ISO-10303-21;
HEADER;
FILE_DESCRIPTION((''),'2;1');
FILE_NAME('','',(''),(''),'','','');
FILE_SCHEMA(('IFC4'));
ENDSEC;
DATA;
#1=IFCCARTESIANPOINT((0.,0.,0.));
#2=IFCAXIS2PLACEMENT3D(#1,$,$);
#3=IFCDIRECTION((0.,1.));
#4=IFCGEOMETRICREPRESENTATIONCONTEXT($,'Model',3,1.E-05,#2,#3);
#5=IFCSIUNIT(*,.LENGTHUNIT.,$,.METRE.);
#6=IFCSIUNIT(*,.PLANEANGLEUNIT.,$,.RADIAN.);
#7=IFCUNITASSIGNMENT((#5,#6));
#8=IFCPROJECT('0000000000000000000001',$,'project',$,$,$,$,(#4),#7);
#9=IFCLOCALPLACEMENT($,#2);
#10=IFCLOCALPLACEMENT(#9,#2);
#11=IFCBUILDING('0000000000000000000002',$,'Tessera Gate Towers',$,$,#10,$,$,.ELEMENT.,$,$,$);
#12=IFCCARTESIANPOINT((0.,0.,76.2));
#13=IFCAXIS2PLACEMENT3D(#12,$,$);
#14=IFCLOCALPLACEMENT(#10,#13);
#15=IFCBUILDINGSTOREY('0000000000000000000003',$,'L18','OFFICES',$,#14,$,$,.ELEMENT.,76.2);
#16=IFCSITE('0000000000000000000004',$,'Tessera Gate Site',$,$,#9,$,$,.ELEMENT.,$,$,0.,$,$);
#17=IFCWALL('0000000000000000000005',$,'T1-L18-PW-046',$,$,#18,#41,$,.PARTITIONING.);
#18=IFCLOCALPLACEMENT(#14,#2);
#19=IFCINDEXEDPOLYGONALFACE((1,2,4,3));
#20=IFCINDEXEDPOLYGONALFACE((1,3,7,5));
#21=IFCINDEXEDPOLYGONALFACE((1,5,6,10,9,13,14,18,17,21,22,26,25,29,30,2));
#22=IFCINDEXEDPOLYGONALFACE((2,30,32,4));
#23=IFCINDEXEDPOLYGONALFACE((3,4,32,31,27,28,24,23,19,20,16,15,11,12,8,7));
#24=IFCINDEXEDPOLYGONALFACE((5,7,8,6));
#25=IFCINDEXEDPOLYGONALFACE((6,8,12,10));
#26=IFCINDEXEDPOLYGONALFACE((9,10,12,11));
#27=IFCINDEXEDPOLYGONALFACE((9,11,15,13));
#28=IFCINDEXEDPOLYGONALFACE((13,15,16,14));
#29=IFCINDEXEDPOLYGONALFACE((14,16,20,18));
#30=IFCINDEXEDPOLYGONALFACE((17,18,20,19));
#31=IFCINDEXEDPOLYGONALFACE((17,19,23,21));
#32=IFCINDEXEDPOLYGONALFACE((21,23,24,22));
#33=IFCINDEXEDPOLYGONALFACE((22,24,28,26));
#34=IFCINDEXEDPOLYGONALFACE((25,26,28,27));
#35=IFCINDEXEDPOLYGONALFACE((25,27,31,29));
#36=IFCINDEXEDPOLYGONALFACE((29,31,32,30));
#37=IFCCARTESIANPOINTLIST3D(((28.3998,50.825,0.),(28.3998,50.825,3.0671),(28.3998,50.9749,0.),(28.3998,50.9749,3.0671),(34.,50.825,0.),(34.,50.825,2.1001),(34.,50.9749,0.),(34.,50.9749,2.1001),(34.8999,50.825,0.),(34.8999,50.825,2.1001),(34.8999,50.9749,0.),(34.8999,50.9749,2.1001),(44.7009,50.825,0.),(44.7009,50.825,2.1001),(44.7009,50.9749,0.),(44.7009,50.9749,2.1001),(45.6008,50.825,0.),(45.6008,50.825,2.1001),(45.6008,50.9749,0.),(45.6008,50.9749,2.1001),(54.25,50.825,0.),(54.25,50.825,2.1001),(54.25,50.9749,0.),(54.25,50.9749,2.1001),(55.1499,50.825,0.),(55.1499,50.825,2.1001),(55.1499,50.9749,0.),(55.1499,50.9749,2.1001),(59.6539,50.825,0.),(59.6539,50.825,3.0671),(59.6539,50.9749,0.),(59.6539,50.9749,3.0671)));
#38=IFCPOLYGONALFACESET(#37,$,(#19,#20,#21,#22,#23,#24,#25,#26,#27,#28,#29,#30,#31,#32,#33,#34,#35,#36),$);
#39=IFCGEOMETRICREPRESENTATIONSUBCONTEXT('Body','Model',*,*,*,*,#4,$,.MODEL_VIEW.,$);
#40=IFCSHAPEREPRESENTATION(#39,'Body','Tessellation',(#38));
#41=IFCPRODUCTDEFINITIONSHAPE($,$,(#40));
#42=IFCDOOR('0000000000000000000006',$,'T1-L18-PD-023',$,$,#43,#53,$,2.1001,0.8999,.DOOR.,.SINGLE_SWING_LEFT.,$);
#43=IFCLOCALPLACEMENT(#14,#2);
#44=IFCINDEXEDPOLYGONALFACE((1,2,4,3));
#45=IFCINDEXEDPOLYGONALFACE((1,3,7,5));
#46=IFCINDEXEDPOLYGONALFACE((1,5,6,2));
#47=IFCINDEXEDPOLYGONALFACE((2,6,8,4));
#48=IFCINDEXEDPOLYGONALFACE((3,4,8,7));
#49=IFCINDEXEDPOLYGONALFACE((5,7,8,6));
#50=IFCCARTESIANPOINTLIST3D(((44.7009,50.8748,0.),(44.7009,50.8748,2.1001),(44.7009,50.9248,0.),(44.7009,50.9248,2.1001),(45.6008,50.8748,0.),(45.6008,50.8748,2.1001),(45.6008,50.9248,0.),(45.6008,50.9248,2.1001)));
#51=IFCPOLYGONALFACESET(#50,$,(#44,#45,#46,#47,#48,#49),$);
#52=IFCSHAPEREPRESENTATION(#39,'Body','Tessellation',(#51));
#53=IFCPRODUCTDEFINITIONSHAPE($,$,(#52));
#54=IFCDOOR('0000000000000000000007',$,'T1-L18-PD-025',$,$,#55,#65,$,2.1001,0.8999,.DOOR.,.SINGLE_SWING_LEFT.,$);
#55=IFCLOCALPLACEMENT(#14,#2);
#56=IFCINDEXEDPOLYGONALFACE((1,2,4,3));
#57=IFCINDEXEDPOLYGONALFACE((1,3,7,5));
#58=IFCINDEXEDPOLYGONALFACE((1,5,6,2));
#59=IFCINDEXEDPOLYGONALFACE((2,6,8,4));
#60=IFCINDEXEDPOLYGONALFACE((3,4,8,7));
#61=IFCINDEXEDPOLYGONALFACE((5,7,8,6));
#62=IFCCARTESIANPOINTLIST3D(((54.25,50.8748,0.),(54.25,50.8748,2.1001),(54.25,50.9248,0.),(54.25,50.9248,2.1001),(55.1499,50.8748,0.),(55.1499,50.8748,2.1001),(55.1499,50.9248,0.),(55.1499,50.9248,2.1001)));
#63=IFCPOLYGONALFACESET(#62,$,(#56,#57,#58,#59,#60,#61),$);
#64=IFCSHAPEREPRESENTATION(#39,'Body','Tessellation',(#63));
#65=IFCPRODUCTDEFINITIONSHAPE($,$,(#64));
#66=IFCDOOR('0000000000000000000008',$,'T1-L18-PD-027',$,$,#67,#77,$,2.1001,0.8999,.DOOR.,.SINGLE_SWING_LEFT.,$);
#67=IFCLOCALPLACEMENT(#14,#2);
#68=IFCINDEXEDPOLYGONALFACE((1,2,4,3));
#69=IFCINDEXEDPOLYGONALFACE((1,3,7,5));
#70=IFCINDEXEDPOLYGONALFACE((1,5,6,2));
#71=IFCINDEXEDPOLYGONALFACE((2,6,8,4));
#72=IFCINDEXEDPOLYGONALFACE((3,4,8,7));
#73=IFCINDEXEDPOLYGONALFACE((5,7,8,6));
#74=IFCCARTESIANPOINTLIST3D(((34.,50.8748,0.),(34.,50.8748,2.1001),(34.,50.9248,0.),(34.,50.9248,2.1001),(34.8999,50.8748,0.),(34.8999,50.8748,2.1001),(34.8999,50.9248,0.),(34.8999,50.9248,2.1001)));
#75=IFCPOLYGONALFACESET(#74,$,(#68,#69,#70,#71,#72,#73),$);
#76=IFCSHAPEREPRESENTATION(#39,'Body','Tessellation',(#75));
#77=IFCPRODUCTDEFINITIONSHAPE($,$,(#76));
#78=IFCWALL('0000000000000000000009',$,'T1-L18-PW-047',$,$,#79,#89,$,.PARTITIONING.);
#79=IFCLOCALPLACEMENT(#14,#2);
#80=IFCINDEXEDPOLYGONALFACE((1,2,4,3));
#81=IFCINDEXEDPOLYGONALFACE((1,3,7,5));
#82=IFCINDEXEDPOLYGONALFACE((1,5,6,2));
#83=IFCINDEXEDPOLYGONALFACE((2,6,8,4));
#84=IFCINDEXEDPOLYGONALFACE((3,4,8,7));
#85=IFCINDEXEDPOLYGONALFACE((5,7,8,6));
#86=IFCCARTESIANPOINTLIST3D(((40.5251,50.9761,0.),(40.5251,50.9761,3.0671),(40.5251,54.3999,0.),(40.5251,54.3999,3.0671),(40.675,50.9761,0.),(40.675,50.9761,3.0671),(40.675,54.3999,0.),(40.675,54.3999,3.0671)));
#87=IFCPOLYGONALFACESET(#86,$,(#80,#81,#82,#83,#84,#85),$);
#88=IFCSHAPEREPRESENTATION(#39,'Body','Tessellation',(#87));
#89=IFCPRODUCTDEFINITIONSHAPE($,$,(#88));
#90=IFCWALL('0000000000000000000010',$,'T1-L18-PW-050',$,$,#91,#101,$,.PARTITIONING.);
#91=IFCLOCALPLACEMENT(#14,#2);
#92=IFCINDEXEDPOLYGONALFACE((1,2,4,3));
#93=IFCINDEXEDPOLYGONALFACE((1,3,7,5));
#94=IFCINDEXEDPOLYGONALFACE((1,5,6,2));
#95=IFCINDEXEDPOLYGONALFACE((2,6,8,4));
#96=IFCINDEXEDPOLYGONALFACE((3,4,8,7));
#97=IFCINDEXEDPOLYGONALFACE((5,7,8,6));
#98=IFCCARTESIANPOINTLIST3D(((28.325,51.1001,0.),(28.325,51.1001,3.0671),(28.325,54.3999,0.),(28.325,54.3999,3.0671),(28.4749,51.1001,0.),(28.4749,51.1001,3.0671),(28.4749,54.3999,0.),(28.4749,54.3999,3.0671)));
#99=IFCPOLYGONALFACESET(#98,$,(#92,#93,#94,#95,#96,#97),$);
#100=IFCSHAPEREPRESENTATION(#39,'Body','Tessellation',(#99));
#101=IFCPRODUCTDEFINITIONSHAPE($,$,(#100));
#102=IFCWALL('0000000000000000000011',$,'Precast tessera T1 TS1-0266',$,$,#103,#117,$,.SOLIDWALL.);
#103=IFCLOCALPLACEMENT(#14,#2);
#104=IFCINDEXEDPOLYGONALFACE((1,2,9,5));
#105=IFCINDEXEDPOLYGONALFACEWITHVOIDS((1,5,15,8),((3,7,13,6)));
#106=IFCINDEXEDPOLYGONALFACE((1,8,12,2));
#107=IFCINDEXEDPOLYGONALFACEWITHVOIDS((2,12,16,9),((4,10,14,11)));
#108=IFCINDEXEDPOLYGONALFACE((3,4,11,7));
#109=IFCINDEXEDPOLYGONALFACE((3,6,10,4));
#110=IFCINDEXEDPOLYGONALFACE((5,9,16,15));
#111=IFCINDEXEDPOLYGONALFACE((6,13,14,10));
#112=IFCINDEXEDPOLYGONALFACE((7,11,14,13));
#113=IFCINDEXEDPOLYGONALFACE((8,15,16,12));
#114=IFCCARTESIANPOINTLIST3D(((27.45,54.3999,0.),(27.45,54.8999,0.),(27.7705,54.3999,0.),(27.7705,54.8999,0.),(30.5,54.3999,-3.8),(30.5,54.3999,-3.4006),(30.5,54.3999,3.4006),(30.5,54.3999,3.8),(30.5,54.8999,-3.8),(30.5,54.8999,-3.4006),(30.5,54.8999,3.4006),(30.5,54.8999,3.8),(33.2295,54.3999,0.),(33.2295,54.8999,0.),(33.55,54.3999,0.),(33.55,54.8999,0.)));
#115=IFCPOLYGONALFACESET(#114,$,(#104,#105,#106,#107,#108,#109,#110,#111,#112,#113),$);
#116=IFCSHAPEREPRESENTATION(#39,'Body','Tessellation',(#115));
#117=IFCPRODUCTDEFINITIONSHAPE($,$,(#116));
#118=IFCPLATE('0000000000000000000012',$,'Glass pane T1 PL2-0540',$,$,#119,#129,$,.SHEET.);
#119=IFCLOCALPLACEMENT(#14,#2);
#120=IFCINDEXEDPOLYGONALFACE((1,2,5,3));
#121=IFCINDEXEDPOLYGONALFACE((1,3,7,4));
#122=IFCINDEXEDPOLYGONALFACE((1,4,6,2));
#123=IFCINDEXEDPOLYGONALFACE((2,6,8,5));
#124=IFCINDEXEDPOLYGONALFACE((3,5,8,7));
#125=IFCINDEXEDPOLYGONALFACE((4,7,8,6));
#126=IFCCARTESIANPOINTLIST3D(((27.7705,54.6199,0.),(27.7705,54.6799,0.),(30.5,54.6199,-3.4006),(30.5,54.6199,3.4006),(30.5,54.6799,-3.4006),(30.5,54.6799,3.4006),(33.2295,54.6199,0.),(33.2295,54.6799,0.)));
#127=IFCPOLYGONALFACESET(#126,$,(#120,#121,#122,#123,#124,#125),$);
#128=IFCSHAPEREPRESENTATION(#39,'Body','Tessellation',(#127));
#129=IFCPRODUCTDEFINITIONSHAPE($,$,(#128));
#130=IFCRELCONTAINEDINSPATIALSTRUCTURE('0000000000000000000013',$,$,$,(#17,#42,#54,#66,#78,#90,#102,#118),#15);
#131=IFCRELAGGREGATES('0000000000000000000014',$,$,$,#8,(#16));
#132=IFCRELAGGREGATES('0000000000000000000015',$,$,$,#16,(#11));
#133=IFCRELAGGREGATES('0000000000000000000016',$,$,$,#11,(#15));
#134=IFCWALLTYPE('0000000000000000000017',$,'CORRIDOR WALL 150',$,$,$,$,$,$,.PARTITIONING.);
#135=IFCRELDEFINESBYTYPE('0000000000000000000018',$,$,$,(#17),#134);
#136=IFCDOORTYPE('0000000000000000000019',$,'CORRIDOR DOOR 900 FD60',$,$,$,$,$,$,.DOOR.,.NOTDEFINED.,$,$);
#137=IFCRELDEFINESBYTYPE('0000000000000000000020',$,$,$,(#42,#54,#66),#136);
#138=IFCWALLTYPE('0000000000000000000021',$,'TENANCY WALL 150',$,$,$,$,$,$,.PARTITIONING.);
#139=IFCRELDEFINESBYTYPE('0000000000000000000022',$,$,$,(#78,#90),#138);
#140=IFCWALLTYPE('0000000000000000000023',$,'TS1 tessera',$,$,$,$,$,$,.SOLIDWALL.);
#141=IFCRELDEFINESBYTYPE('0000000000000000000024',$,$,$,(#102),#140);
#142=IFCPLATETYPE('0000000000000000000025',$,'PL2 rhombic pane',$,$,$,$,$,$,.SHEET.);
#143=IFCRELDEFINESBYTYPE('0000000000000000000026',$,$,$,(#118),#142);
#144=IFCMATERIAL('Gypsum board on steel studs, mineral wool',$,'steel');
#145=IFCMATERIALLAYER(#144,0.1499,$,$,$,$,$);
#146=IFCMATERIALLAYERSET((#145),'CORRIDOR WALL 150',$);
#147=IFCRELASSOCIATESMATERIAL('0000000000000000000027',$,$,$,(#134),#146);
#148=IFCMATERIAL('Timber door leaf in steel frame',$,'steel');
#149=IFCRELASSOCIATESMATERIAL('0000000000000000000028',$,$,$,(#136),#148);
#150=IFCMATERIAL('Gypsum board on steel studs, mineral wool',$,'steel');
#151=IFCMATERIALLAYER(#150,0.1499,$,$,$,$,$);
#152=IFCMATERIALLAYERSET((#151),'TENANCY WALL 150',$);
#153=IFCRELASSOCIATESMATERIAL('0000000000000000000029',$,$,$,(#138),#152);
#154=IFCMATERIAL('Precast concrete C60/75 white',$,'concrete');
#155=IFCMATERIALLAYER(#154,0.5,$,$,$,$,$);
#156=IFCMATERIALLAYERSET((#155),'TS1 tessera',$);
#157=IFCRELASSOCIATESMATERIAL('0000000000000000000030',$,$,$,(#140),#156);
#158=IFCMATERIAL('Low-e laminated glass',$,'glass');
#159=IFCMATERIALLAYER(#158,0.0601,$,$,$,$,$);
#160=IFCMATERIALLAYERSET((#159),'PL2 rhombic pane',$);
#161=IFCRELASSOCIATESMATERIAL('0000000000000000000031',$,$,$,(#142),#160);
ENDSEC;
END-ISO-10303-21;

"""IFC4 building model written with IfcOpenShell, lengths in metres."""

from ifc_helpers import new_model, si_unit, direction, frame, frame_2d, origin, place, context, subcontext, project, spatial, polyline, rectangle, outline, extrude, source, transform, mapped, material, layer, layer_set, type_object, element, fill, save


model = new_model("IFC4")

# Units and contexts
model_context = context("Model", 3, precision=1e-05, world=origin(), true_north=direction((0.0, 1.0)))
body_context = subcontext(model_context, "Body", "Model", "MODEL_VIEW")
ifc_project = project(units=[si_unit("LENGTHUNIT", "METRE"), si_unit("PLANEANGLEUNIT", "RADIAN")], contexts=[model_context])

# Site, building, storey
site_placement = place(None, origin())
site = spatial("IfcSite", under=ifc_project, at=site_placement, Name="Tessera Gate Site", CompositionType="ELEMENT", RefElevation=0.0)
building_placement = place(site_placement, origin())
building = spatial("IfcBuilding", under=site, at=building_placement, Name="Tessera Gate Towers", CompositionType="ELEMENT")
storey_placement = place(building_placement, frame((0.0, 0.0, 76.2)))
storey = spatial("IfcBuildingStorey", under=building, at=storey_placement, Name="L18", Description="OFFICES", CompositionType="ELEMENT", Elevation=76.2)

# Shared definitions
ifc_material_1 = material(Name="Gypsum board on steel studs, mineral wool", Category="steel")
ifc_layer_1 = layer(ifc_material_1, 0.1499)
ifc_layer_set_1 = layer_set([ifc_layer_1], Name="CORRIDOR WALL 150")
wall_type_1 = type_object("IfcWallType", Name="CORRIDOR WALL 150", PredefinedType="PARTITIONING", material=ifc_layer_set_1)

# Wall, openings, doors
wall_1_placement = place(storey_placement, frame((28.3999, 50.8999, 0.0), z_axis=(0.0, 0.0, 1.0), x_axis=(1.0, 0.0, 0.0)))
wall_1 = element("IfcWall", 1, at=wall_1_placement, inside=storey, type_object=wall_type_1, Name="T1-L18-PW-046", PredefinedType="PARTITIONING", context=body_context, shape_type="SweptSolid", body=[
    extrude(rectangle(XDim=31.2542, YDim=0.1499, at=frame_2d((15.627, 0.0))), origin(), (0.0, 0.0, 1.0), 3.0671),
])
shared_shape_1 = source(origin(), body_context, "Body", "SweptSolid", [
    extrude(rectangle(XDim=0.8999, YDim=2.1001, at=frame_2d((0.45, 1.05))), frame((0.0, 0.085, 0.0), z_axis=(0.0, -1.0, 0.0), x_axis=(1.0, 0.0, 0.0)), (0.0, 0.0, 1.0), 0.1699),
])
opening_1_placement = place(wall_1_placement, frame((16.301, 0.0, 0.0)))
opening_1 = element("IfcOpeningElement", 2, at=opening_1_placement, cuts=wall_1, PredefinedType="OPENING", context=body_context, shape_type="MappedRepresentation", body=[
    mapped(shared_shape_1, transform((0.0, 0.0, 0.0), scale=1.0)),
])
opening_2_placement = place(wall_1_placement, frame((25.8501, 0.0, 0.0)))
opening_2 = element("IfcOpeningElement", 3, at=opening_2_placement, cuts=wall_1, PredefinedType="OPENING", context=body_context, shape_type="MappedRepresentation", body=[
    mapped(shared_shape_1, transform((0.0, 0.0, 0.0), scale=1.0)),
])
opening_3_placement = place(wall_1_placement, frame((5.6001, 0.0, 0.0)))
opening_3 = element("IfcOpeningElement", 4, at=opening_3_placement, cuts=wall_1, PredefinedType="OPENING", context=body_context, shape_type="MappedRepresentation", body=[
    mapped(shared_shape_1, transform((0.0, 0.0, 0.0), scale=1.0)),
])
ifc_material_2 = material(Name="Timber door leaf in steel frame", Category="steel")
door_type_1 = type_object("IfcDoorType", Name="CORRIDOR DOOR 900 FD60", OperationType="NOTDEFINED", PredefinedType="DOOR", material=ifc_material_2)
shared_shape_2 = source(origin(), body_context, "Body", "SweptSolid", [
    extrude(rectangle(XDim=0.8999, YDim=2.1001, at=frame_2d((0.45, 1.05))), frame((0.0, 0.0249, 0.0), z_axis=(0.0, -1.0, 0.0), x_axis=(1.0, 0.0, 0.0)), (0.0, 0.0, 1.0), 0.05),
])
door_1_placement = place(opening_1_placement, origin())
door_1 = element("IfcDoor", 5, at=door_1_placement, inside=storey, type_object=door_type_1, Name="T1-L18-PD-023", OperationType="SINGLE_SWING_LEFT", OverallHeight=2.1001, OverallWidth=0.8999, PredefinedType="DOOR", context=body_context, shape_type="MappedRepresentation", body=[
    mapped(shared_shape_2, transform((0.0, 0.0, 0.0), scale=1.0)),
])
fill(opening_1, door_1)
door_2_placement = place(opening_2_placement, origin())
door_2 = element("IfcDoor", 6, at=door_2_placement, inside=storey, type_object=door_type_1, Name="T1-L18-PD-025", OperationType="SINGLE_SWING_LEFT", OverallHeight=2.1001, OverallWidth=0.8999, PredefinedType="DOOR", context=body_context, shape_type="MappedRepresentation", body=[
    mapped(shared_shape_2, transform((0.0, 0.0, 0.0), scale=1.0)),
])
fill(opening_2, door_2)
door_3_placement = place(opening_3_placement, origin())
door_3 = element("IfcDoor", 7, at=door_3_placement, inside=storey, type_object=door_type_1, Name="T1-L18-PD-027", OperationType="SINGLE_SWING_LEFT", OverallHeight=2.1001, OverallWidth=0.8999, PredefinedType="DOOR", context=body_context, shape_type="MappedRepresentation", body=[
    mapped(shared_shape_2, transform((0.0, 0.0, 0.0), scale=1.0)),
])
fill(opening_3, door_3)

# Walls
ifc_material_3 = material(Name="Gypsum board on steel studs, mineral wool", Category="steel")
ifc_layer_2 = layer(ifc_material_3, 0.1499)
ifc_layer_set_2 = layer_set([ifc_layer_2], Name="TENANCY WALL 150")
wall_type_2 = type_object("IfcWallType", Name="TENANCY WALL 150", PredefinedType="PARTITIONING", material=ifc_layer_set_2)
wall_2_placement = place(storey_placement, frame((40.6001, 50.9761, 0.0), z_axis=(0.0, 0.0, 1.0), x_axis=(0.0, 1.0, 0.0)))
element("IfcWall", 8, at=wall_2_placement, inside=storey, type_object=wall_type_2, Name="T1-L18-PW-047", PredefinedType="PARTITIONING", context=body_context, shape_type="SweptSolid", body=[
    extrude(rectangle(XDim=3.4238, YDim=0.1499, at=frame_2d((1.7119, 0.0))), origin(), (0.0, 0.0, 1.0), 3.0671),
])
wall_3_placement = place(storey_placement, frame((28.3999, 51.1001, 0.0), z_axis=(0.0, 0.0, 1.0), x_axis=(0.0, 1.0, 0.0)))
element("IfcWall", 9, at=wall_3_placement, inside=storey, type_object=wall_type_2, Name="T1-L18-PW-050", PredefinedType="PARTITIONING", context=body_context, shape_type="SweptSolid", body=[
    extrude(rectangle(XDim=3.2998, YDim=0.1499, at=frame_2d((1.6499, 0.0))), origin(), (0.0, 0.0, 1.0), 3.0671),
])

# Wall, opening, plate
ifc_material_4 = material(Name="Precast concrete C60/75 white", Category="concrete")
ifc_layer_3 = layer(ifc_material_4, 0.5)
ifc_layer_set_3 = layer_set([ifc_layer_3], Name="TS1 tessera")
wall_type_3 = type_object("IfcWallType", Name="TS1 tessera", PredefinedType="SOLIDWALL", material=ifc_layer_set_3)
shared_shape_3 = source(origin(), body_context, "Body", "SweptSolid", [
    extrude(outline(polyline([(3.05, 0.0), (6.1001, 3.8), (3.05, 7.6001), (0.0, 3.8), (3.05, 0.0)])), frame((0.0, 0.25, 0.0), z_axis=(0.0, -1.0, 0.0), x_axis=(1.0, 0.0, 0.0)), (0.0, 0.0, 1.0), 0.5),
])
wall_4_placement = place(storey_placement, frame((33.55, 54.6499, -3.8), z_axis=(0.0, 0.0, 1.0), x_axis=(-1.0, 0.0, 0.0)))
wall_4 = element("IfcWall", 10, at=wall_4_placement, inside=storey, type_object=wall_type_3, Name="Precast tessera T1 TS1-0266", PredefinedType="SOLIDWALL", context=body_context, shape_type="MappedRepresentation", body=[
    mapped(shared_shape_3, transform((0.0, 0.0, 0.0), scale=1.0)),
])
shared_shape_4 = source(origin(), body_context, "Body", "SweptSolid", [
    extrude(outline(polyline([(3.05, 0.3994), (5.7795, 3.8), (3.05, 7.2007), (0.3206, 3.8), (3.05, 0.3994)])), frame((0.0, 0.26, 0.0), z_axis=(0.0, -1.0, 0.0), x_axis=(1.0, 0.0, 0.0)), (0.0, 0.0, 1.0), 0.52),
])
opening_4_placement = place(wall_4_placement, origin())
opening_4 = element("IfcOpeningElement", 11, at=opening_4_placement, cuts=wall_4, PredefinedType="OPENING", context=body_context, shape_type="MappedRepresentation", body=[
    mapped(shared_shape_4, transform((0.0, 0.0, 0.0), scale=1.0)),
])
ifc_material_5 = material(Name="Low-e laminated glass", Category="glass")
ifc_layer_4 = layer(ifc_material_5, 0.0601)
ifc_layer_set_4 = layer_set([ifc_layer_4], Name="PL2 rhombic pane")
plate_type = type_object("IfcPlateType", Name="PL2 rhombic pane", PredefinedType="SHEET", material=ifc_layer_set_4)
shared_shape_5 = source(origin(), body_context, "Body", "SweptSolid", [
    extrude(outline(polyline([(3.05, 0.3994), (5.7795, 3.8), (3.05, 7.2007), (0.3206, 3.8), (3.05, 0.3994)])), frame((0.0, 0.03, 0.0), z_axis=(0.0, -1.0, 0.0), x_axis=(1.0, 0.0, 0.0)), (0.0, 0.0, 1.0), 0.0601),
])
plate_placement = place(opening_4_placement, origin())
plate = element("IfcPlate", 12, at=plate_placement, inside=storey, type_object=plate_type, Name="Glass pane T1 PL2-0540", PredefinedType="SHEET", context=body_context, shape_type="MappedRepresentation", body=[
    mapped(shared_shape_5, transform((0.0, 0.0, 0.0), scale=1.0)),
])
fill(opening_4, plate)

save(model, "model.ifc")
